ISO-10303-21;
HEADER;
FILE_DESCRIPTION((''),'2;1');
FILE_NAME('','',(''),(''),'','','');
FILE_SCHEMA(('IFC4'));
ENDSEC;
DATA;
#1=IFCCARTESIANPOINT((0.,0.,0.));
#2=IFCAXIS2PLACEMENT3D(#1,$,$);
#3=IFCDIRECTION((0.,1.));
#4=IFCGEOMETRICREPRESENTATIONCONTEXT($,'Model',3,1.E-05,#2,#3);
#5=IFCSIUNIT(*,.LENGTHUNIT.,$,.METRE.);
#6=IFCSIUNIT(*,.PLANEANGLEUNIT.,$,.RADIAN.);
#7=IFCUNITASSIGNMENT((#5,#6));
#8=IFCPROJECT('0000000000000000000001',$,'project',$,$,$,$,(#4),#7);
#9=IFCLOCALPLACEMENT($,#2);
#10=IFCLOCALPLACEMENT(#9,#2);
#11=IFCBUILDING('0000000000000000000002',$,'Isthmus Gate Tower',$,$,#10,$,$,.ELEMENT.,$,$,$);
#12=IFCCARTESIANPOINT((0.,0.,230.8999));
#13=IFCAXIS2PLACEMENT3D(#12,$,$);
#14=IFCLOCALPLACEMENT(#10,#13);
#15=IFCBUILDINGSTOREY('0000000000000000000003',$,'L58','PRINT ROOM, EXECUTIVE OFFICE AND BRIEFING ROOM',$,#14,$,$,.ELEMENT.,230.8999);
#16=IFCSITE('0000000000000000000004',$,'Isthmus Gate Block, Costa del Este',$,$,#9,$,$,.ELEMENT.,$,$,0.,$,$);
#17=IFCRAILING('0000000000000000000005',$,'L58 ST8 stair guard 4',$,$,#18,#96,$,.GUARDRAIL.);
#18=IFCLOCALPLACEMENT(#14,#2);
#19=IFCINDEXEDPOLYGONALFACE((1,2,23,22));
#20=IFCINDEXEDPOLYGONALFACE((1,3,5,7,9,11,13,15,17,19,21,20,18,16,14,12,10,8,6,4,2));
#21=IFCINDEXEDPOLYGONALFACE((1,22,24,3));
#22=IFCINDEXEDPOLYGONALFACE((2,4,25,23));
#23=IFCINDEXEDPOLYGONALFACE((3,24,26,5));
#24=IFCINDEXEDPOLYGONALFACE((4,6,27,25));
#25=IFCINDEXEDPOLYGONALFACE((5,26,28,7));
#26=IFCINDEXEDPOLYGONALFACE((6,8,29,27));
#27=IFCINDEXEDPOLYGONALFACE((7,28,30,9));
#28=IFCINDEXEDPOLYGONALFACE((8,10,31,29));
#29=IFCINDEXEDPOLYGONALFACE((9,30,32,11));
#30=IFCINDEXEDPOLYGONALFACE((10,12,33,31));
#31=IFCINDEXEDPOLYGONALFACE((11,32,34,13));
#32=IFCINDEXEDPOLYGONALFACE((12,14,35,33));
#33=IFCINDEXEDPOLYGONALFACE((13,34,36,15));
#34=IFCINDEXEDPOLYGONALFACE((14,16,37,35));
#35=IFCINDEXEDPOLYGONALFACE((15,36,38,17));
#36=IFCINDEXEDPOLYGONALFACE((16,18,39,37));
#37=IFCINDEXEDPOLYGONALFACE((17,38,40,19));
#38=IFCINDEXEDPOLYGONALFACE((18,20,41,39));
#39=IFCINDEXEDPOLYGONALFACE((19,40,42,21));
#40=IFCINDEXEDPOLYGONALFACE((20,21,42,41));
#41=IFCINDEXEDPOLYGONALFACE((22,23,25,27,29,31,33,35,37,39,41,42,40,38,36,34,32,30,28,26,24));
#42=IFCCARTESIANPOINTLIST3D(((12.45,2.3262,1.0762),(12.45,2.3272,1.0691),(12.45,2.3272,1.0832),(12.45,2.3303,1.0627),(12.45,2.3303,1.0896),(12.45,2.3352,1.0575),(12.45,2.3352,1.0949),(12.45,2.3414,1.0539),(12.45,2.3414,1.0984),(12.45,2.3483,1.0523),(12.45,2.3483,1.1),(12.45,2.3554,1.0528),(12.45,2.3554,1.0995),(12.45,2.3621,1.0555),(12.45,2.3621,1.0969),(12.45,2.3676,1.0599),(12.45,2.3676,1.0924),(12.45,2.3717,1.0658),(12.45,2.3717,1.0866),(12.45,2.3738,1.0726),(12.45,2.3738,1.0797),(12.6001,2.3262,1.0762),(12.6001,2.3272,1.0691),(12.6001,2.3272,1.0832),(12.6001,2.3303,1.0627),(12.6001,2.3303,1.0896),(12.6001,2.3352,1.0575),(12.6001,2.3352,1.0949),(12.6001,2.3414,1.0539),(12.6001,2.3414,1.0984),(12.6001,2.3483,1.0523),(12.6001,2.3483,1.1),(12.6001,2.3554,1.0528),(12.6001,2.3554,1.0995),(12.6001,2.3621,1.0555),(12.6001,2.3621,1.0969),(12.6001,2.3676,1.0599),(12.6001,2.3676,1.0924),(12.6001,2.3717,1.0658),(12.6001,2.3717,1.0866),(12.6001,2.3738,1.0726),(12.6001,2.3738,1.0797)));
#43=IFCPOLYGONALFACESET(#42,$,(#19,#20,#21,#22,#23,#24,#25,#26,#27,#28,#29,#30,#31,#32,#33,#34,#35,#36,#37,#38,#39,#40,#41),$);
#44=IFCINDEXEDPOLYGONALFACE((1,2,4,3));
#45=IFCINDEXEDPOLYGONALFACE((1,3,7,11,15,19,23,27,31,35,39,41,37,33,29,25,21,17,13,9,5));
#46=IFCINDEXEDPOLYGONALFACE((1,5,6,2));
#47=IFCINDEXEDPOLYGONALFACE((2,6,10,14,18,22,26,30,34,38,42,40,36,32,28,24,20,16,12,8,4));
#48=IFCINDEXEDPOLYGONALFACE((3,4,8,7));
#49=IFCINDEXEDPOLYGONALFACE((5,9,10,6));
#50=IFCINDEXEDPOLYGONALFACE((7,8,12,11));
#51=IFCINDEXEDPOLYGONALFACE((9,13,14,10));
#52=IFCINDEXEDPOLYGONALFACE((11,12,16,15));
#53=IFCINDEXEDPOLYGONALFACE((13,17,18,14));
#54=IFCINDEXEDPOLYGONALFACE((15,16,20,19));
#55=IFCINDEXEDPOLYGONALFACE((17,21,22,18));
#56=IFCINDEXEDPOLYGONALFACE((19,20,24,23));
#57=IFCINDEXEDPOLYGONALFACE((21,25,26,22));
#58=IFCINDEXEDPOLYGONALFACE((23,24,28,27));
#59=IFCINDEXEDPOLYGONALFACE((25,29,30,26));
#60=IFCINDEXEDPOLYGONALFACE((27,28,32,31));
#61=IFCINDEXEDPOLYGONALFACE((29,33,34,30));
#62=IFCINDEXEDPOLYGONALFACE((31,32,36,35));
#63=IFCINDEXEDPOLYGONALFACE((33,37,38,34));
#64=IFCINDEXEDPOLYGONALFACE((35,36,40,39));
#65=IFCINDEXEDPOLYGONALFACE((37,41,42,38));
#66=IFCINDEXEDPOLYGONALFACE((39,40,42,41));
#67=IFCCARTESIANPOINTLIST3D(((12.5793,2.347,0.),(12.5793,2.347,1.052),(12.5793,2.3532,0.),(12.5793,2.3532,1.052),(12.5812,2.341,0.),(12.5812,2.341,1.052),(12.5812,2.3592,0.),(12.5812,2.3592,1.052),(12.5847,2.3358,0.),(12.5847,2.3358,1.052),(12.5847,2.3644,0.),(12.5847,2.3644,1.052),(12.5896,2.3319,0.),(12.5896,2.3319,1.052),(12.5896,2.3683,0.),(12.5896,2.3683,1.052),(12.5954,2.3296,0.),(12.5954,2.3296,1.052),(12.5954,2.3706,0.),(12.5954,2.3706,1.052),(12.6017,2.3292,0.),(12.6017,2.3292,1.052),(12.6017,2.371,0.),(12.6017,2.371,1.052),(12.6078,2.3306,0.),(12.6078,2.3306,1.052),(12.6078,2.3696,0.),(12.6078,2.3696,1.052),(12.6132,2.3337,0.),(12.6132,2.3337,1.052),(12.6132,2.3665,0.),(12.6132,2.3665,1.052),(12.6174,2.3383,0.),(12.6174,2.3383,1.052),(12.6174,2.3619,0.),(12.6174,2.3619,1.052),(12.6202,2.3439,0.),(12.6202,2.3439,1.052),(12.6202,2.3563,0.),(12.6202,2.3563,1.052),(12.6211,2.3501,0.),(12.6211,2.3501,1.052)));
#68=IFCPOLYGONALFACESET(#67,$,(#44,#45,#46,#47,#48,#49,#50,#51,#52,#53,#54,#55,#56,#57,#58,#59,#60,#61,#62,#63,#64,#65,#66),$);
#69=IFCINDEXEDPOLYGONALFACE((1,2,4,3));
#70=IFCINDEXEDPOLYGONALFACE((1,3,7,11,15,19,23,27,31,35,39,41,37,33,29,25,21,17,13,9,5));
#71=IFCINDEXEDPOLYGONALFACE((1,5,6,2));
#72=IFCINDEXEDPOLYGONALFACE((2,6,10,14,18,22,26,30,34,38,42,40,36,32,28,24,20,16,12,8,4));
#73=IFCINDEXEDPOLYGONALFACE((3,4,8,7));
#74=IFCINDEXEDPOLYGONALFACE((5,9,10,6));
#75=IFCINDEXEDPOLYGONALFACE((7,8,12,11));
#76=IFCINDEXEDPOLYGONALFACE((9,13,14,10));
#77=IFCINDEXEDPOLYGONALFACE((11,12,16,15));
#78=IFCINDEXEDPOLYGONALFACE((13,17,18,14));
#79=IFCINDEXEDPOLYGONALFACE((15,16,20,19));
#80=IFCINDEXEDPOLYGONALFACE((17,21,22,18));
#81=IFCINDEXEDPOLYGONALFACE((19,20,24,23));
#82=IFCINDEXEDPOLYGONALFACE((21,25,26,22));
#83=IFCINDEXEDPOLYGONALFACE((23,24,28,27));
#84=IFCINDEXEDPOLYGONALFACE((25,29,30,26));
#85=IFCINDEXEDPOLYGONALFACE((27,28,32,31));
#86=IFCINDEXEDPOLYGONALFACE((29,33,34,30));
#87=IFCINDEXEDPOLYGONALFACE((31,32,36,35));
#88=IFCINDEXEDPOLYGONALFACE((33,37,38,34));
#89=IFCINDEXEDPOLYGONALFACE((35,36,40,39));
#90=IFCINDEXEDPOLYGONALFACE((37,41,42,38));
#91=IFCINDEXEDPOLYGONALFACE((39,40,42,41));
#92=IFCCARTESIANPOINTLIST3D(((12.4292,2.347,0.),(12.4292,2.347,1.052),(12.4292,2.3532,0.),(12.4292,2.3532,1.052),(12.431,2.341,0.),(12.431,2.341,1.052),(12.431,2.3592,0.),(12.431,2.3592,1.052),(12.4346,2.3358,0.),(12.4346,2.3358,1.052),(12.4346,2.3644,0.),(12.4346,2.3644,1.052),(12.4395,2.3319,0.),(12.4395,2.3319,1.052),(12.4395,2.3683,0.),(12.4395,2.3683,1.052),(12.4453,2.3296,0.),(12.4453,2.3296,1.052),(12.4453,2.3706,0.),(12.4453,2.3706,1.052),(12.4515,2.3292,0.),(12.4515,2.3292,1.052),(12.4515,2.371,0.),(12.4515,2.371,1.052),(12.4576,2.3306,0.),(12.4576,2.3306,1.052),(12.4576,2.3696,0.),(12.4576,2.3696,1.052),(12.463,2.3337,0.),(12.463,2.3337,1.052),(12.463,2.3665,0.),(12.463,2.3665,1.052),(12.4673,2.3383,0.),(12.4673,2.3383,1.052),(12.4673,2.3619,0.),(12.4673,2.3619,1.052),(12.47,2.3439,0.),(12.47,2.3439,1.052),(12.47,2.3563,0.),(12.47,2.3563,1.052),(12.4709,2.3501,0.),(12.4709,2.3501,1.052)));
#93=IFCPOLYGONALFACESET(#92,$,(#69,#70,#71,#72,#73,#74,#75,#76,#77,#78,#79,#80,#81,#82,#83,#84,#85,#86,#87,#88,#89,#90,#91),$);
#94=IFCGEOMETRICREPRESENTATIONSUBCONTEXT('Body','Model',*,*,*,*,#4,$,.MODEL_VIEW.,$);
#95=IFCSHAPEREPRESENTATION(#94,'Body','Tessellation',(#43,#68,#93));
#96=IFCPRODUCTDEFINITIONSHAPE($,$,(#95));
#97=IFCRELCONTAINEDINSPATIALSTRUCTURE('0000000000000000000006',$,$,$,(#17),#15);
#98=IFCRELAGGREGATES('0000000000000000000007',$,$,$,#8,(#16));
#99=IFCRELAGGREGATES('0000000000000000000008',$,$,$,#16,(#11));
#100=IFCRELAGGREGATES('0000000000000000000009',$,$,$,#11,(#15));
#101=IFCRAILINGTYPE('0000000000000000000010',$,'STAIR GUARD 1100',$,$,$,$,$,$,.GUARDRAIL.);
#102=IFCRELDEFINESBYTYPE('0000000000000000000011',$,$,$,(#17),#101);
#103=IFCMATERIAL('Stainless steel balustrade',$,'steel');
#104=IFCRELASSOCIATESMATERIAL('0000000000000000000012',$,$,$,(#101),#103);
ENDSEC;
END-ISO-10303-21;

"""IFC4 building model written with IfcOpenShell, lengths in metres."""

from ifc_helpers import new_model, si_unit, direction, frame, origin, origin_2d, place, context, subcontext, project, spatial, circle, extrude, material, type_object, element, save


model = new_model("IFC4")

# Units and contexts
model_context = context("Model", 3, precision=1e-05, world=origin(), true_north=direction((0.0, 1.0)))
body_context = subcontext(model_context, "Body", "Model", "MODEL_VIEW")
ifc_project = project(units=[si_unit("LENGTHUNIT", "METRE"), si_unit("PLANEANGLEUNIT", "RADIAN")], contexts=[model_context])

# Site, building, storey
site_placement = place(None, origin())
site = spatial("IfcSite", under=ifc_project, at=site_placement, Name="Isthmus Gate Block, Costa del Este", CompositionType="ELEMENT", RefElevation=0.0)
building_placement = place(site_placement, origin())
building = spatial("IfcBuilding", under=site, at=building_placement, Name="Isthmus Gate Tower", CompositionType="ELEMENT")
storey_placement = place(building_placement, frame((0.0, 0.0, 230.8999)))
storey = spatial("IfcBuildingStorey", under=building, at=storey_placement, Name="L58", Description="PRINT ROOM, EXECUTIVE OFFICE AND BRIEFING ROOM", CompositionType="ELEMENT", Elevation=230.8999)

# Railing
ifc_material_1 = material(Name="Stainless steel balustrade", Category="steel")
railing_type_1 = type_object("IfcRailingType", Name="STAIR GUARD 1100", PredefinedType="GUARDRAIL", material=ifc_material_1)
railing_1_placement = place(storey_placement, frame((12.6001, 2.3501, 0.0)))
element("IfcRailing", 1, at=railing_1_placement, inside=storey, type_object=railing_type_1, Name="L58 ST8 stair guard 4", PredefinedType="GUARDRAIL", context=body_context, shape_type="SweptSolid", body=[
    extrude(circle(Radius=0.0239, at=origin_2d()), frame((0.0, 0.0, 1.0762), z_axis=(-1.0, 0.0, 0.0), x_axis=(0.0, -1.0, 0.0)), (0.0, 0.0, 1.0), 0.1501),
    extrude(circle(Radius=0.021, at=origin_2d()), origin(), (0.0, 0.0, 1.0), 1.052),
    extrude(circle(Radius=0.021, at=origin_2d()), frame((-0.1501, 0.0, 0.0)), (0.0, 0.0, 1.0), 1.052),
])

save(model, "model.ifc")
